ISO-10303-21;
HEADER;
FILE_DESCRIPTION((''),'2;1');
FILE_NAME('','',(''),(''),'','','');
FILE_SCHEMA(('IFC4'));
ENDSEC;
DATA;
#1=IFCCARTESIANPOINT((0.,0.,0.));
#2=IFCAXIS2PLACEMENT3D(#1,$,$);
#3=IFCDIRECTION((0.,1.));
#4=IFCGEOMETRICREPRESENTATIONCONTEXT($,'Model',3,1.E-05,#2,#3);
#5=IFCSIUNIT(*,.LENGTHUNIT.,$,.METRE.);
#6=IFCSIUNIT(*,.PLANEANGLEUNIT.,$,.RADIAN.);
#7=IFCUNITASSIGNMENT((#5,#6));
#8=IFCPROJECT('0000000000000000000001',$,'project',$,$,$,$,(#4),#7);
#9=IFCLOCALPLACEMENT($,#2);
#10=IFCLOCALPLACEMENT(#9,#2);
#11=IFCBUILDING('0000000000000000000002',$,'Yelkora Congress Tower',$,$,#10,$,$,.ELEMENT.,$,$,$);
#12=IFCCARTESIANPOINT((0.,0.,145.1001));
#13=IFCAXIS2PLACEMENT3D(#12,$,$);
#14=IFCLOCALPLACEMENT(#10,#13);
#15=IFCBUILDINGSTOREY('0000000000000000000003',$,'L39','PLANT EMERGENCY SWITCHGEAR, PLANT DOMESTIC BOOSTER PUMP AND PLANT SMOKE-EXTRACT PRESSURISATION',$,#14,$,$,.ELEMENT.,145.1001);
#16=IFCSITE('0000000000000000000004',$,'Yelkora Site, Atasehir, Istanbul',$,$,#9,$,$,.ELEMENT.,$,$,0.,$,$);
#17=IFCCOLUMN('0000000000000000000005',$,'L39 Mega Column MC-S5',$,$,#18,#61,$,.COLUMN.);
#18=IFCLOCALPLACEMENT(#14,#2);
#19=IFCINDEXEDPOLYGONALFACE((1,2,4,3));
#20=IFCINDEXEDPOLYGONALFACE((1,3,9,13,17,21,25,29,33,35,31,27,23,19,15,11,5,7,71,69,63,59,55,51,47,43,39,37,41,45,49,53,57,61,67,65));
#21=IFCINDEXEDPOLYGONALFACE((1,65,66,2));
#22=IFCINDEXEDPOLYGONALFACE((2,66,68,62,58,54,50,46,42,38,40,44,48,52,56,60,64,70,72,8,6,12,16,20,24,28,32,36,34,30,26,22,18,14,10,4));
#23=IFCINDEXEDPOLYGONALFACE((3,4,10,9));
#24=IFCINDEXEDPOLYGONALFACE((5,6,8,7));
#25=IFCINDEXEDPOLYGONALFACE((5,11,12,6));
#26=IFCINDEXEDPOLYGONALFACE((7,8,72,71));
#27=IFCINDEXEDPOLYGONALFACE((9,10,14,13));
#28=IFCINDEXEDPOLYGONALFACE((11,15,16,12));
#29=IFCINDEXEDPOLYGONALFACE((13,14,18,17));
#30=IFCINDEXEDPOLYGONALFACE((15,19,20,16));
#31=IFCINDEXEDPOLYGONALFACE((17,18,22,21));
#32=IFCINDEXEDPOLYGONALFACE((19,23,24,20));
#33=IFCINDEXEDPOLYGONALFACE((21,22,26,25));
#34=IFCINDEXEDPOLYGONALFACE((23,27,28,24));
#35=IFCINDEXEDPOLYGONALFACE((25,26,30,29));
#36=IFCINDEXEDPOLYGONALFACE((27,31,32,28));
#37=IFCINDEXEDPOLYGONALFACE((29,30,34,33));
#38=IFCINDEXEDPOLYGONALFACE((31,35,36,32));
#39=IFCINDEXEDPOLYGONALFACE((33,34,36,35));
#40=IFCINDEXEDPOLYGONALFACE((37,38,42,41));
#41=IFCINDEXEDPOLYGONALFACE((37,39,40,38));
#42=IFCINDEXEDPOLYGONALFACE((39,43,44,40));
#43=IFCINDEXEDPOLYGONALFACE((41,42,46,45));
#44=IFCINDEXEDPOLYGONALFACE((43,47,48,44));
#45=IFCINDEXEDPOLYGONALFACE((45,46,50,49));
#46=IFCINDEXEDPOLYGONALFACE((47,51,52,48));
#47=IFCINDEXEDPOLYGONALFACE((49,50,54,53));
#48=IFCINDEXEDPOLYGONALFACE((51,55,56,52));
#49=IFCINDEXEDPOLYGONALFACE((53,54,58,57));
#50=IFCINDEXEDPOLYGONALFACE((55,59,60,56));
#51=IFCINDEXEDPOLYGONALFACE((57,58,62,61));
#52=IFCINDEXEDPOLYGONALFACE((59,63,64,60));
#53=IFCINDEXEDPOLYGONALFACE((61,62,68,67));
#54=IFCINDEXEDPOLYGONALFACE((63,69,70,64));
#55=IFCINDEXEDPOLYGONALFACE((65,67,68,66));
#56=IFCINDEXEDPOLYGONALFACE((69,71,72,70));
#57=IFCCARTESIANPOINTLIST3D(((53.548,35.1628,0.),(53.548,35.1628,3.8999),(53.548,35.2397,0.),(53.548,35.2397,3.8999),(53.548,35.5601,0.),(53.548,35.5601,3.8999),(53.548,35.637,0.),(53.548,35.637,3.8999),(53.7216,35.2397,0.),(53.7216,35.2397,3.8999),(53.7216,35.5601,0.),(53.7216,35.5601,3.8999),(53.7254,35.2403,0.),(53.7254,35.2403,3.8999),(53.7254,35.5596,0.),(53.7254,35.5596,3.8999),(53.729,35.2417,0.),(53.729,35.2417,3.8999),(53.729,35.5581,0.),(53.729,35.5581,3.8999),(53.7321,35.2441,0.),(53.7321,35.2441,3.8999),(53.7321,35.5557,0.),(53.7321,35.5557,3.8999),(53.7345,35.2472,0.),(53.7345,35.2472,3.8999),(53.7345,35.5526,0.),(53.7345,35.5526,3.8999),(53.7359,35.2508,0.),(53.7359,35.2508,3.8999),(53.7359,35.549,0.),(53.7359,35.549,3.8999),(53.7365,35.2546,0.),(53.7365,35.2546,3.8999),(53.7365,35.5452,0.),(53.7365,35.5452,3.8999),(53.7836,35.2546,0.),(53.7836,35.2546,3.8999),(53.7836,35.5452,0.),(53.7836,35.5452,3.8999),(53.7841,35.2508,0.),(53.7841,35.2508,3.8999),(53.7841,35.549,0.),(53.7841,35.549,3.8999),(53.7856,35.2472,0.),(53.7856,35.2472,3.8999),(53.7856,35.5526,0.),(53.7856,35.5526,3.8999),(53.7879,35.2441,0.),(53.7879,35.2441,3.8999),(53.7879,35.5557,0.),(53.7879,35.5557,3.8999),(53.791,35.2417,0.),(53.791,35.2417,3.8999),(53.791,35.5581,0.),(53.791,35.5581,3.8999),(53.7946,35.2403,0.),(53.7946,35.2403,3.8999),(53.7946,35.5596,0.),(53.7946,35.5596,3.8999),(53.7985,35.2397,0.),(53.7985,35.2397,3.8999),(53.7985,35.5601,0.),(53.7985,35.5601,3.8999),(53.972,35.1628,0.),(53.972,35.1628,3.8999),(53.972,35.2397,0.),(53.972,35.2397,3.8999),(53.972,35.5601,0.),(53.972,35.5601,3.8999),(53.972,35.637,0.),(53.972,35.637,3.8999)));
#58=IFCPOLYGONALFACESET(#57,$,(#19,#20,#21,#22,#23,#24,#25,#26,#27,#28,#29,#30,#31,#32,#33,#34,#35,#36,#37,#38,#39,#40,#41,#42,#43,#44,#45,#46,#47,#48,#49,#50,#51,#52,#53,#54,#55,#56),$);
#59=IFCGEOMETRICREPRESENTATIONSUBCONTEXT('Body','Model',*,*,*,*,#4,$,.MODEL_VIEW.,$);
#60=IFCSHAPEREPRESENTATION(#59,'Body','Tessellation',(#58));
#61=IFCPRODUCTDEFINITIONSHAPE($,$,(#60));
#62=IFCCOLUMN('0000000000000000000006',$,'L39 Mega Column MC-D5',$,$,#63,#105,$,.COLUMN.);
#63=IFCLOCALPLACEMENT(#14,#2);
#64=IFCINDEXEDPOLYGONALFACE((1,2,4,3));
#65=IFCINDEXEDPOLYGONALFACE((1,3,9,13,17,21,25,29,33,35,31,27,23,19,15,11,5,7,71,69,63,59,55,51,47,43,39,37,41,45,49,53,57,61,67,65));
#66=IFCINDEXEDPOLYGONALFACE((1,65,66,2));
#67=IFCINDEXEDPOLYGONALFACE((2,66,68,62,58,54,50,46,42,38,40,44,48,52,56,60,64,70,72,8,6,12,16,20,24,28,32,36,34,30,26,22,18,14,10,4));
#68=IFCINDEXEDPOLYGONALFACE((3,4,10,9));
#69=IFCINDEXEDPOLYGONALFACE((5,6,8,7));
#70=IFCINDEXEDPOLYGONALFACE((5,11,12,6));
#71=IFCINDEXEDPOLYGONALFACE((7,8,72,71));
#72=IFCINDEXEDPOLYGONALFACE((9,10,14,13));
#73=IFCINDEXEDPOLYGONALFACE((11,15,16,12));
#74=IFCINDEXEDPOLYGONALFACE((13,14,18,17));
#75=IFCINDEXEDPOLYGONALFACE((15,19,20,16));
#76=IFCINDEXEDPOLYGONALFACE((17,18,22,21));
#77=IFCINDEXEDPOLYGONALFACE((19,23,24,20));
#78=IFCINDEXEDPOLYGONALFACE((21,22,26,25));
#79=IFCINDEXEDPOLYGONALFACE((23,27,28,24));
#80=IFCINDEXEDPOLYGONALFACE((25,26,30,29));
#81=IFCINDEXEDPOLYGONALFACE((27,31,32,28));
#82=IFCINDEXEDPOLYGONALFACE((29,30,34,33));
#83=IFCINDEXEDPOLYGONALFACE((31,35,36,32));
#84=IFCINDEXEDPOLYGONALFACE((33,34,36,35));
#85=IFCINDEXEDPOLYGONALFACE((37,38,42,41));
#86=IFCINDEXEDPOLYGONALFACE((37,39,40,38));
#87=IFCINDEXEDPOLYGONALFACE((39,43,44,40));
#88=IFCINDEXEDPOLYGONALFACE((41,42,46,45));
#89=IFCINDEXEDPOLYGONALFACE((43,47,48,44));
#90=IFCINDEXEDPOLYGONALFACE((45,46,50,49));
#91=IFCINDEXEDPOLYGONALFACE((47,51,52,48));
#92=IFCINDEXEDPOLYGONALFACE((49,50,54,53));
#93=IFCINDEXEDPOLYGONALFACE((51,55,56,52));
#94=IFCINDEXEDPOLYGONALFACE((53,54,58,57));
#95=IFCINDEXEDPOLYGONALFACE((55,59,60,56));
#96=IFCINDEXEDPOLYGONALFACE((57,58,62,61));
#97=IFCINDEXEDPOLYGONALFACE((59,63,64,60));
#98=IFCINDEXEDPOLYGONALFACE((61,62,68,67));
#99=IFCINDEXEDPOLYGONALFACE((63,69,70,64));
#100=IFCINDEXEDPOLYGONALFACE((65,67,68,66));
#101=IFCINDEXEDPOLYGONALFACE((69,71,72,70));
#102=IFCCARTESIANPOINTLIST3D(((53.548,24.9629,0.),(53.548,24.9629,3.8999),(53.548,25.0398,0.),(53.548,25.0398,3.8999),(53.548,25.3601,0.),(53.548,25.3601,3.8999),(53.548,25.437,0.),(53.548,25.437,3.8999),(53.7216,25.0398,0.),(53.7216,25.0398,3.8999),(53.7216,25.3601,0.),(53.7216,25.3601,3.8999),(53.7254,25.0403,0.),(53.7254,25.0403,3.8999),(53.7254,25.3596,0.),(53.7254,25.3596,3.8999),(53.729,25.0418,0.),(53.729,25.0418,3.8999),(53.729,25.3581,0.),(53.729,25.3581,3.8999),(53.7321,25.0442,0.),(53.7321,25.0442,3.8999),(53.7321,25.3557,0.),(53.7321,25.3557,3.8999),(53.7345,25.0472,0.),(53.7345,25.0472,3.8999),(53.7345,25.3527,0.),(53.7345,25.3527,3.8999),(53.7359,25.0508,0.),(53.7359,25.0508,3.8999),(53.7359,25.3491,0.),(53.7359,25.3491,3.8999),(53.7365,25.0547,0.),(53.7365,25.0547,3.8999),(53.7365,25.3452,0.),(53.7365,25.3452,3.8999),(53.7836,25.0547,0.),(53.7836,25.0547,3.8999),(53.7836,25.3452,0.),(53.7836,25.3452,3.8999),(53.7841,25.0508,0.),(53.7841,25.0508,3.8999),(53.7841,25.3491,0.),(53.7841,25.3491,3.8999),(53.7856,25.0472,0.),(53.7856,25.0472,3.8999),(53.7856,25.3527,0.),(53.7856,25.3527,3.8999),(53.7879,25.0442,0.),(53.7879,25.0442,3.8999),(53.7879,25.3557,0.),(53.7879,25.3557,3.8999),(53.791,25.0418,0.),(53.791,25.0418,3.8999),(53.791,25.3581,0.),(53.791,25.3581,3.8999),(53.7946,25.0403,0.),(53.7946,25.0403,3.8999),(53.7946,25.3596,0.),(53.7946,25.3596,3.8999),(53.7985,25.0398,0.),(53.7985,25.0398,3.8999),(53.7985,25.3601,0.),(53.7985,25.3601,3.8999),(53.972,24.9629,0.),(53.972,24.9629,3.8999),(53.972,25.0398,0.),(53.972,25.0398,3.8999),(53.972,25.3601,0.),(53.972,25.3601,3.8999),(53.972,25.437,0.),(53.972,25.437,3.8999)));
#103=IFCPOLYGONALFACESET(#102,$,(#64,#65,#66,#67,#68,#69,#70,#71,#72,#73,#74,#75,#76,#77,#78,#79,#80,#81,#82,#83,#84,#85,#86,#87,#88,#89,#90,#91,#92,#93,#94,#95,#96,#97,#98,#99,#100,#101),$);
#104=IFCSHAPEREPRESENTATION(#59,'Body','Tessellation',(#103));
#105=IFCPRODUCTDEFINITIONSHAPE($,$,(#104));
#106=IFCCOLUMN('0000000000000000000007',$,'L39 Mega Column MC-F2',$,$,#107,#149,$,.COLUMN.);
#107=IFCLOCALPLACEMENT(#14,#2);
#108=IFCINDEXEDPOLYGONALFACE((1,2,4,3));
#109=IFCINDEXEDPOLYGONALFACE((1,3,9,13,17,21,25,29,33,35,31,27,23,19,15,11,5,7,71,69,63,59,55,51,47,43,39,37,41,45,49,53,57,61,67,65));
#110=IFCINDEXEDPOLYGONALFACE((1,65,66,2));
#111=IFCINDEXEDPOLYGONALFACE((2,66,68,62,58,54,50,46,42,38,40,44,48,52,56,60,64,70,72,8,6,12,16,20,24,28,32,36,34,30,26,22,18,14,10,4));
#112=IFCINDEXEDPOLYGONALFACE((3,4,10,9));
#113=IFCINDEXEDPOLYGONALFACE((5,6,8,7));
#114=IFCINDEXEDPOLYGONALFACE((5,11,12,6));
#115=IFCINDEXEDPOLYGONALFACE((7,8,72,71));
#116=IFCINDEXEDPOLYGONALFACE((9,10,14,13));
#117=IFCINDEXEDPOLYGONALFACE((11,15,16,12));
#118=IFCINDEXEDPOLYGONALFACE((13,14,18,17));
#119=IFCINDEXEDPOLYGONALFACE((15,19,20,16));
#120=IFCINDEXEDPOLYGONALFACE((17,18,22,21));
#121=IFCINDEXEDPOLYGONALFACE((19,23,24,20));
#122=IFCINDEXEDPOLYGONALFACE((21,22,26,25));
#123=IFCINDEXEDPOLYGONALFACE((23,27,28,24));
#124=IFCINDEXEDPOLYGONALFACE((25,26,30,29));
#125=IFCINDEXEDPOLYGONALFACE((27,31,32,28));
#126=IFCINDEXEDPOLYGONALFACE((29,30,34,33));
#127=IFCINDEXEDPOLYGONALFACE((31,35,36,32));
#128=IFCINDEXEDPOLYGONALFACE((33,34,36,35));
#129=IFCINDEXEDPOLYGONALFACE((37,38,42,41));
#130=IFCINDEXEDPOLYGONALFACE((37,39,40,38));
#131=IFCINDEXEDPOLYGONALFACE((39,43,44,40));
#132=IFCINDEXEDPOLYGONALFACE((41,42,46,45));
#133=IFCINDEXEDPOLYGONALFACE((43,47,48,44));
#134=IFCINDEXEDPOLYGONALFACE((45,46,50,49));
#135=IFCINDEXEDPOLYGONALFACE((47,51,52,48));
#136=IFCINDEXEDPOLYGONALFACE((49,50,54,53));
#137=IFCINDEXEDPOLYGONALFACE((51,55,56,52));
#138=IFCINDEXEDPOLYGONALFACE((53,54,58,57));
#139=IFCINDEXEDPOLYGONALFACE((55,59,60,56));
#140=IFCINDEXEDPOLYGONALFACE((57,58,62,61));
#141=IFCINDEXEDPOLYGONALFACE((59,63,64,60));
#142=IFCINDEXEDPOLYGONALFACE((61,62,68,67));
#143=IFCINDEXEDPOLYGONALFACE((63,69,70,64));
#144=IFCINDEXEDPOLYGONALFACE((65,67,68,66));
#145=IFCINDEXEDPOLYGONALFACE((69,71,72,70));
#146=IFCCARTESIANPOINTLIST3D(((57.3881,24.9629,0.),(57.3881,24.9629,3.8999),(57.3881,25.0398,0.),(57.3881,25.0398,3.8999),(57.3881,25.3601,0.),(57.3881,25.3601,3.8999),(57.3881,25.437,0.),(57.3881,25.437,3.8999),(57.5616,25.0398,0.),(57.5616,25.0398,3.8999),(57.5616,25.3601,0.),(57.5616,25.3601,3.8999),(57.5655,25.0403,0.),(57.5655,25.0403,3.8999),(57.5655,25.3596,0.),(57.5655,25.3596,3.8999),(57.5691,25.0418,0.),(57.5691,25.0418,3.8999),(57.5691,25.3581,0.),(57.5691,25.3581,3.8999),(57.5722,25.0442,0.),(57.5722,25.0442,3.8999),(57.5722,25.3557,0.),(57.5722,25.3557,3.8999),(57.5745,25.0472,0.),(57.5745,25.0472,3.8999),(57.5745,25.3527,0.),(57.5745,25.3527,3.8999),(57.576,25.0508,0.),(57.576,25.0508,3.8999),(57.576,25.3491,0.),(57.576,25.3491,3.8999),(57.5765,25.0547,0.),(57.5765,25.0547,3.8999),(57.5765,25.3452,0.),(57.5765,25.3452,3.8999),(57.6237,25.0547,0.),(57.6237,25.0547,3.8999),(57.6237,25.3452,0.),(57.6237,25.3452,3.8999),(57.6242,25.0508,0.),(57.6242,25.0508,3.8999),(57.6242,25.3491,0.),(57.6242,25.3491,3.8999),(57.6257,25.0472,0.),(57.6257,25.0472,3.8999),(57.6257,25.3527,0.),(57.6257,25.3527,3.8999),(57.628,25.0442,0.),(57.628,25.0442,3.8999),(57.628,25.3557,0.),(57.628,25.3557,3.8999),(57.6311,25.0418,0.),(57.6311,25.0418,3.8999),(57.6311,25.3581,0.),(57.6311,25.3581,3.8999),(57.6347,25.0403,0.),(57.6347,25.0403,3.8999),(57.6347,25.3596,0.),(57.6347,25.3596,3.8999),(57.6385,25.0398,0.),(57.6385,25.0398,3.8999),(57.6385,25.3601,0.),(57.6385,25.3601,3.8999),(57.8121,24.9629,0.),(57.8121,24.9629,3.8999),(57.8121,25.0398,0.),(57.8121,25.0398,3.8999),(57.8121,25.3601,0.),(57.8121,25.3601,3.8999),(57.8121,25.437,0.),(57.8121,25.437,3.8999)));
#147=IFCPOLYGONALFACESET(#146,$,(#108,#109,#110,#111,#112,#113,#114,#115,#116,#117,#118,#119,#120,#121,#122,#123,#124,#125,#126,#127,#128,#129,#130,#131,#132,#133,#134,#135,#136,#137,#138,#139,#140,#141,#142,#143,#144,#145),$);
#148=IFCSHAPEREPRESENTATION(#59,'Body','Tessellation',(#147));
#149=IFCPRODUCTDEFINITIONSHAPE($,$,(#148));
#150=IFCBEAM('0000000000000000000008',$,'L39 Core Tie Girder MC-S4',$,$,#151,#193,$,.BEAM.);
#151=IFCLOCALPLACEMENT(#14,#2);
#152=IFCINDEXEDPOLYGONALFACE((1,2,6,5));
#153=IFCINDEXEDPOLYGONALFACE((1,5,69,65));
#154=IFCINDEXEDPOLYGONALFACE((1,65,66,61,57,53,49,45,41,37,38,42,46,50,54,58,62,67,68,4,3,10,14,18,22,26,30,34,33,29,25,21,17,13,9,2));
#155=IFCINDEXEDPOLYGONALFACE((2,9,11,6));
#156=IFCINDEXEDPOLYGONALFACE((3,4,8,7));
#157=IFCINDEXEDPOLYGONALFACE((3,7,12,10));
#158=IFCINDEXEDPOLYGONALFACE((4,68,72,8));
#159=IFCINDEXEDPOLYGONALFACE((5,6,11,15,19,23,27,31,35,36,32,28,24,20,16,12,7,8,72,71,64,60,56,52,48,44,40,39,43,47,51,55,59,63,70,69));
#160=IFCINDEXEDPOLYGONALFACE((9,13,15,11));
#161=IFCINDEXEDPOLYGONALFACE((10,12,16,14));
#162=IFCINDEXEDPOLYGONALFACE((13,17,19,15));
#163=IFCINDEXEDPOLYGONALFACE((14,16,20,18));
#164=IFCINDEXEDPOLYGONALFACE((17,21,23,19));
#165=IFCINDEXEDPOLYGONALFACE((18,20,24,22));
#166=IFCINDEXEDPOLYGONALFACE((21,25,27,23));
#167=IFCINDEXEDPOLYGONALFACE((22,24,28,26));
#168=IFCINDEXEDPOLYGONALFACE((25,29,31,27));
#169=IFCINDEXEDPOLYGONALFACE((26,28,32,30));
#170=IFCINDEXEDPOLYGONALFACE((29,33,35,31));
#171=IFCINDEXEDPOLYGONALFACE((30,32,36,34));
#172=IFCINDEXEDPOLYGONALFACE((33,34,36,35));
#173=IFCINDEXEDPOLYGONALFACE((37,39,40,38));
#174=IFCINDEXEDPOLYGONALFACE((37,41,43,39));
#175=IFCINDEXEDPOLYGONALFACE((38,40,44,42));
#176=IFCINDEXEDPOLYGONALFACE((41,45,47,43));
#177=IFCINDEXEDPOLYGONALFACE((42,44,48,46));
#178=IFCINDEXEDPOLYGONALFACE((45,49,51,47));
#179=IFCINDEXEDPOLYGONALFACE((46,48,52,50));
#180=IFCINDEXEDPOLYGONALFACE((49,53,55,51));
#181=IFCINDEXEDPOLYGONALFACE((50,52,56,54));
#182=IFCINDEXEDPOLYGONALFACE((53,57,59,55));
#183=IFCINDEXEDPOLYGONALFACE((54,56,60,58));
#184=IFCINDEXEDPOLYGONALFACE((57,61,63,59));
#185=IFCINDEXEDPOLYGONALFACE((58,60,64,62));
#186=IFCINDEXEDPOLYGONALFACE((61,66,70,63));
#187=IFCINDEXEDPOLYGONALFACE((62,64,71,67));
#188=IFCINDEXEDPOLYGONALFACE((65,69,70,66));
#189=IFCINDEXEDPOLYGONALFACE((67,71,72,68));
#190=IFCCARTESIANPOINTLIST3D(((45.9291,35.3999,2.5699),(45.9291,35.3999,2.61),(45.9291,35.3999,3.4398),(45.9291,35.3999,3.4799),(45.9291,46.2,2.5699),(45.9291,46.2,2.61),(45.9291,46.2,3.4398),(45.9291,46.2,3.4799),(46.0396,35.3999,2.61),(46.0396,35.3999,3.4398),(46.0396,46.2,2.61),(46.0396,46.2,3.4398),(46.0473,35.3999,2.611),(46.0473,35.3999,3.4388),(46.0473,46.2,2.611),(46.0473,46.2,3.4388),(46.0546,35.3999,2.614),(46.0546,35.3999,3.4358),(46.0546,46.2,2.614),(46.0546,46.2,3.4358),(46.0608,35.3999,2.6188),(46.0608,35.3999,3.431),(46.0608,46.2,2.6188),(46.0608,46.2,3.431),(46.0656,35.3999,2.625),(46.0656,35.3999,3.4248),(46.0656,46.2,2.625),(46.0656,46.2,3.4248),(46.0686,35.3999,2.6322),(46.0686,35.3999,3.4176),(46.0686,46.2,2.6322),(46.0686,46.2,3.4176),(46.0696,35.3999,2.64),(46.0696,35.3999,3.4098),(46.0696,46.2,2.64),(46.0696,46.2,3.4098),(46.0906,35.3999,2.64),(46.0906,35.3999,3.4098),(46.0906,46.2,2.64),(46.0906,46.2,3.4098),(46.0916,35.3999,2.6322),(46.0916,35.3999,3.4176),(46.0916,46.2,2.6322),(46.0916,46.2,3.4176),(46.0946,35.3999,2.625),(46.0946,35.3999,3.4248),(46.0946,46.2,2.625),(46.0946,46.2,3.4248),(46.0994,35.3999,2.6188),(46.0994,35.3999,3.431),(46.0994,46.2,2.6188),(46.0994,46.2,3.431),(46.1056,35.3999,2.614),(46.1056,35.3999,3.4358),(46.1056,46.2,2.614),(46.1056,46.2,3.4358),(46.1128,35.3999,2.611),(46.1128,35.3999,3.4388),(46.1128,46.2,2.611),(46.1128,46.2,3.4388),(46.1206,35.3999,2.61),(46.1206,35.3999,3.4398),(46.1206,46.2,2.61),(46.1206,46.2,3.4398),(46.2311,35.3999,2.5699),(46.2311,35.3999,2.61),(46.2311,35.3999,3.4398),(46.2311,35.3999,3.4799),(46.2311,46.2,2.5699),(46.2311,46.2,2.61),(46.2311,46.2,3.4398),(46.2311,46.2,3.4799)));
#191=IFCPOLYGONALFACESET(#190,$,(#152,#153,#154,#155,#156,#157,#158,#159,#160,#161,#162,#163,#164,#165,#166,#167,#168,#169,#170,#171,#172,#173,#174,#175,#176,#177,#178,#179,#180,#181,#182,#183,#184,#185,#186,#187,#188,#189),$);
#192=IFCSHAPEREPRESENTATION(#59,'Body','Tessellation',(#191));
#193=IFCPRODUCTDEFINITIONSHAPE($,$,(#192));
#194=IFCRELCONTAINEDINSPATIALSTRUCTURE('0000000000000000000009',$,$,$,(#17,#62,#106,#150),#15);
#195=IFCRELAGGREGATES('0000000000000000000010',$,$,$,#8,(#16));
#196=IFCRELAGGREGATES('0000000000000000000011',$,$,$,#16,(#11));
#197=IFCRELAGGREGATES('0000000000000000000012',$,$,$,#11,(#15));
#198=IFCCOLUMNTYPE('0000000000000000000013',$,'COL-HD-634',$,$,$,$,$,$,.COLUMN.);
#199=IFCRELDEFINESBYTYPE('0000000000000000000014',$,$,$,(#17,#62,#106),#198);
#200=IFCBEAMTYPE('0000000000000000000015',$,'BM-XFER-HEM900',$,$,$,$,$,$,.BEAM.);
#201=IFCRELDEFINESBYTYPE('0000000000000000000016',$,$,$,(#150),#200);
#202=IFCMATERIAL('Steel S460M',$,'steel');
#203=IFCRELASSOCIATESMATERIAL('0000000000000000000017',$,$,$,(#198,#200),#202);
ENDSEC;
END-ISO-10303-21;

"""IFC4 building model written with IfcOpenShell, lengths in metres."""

from ifc_helpers import new_model, si_unit, direction, frame, origin, origin_2d, place, context, subcontext, project, spatial, i_section, extrude, material, material_profile, profile_set, type_object, element, save


model = new_model("IFC4")

# Units and contexts
model_context = context("Model", 3, precision=1e-05, world=origin(), true_north=direction((0.0, 1.0)))
body_context = subcontext(model_context, "Body", "Model", "MODEL_VIEW")
ifc_project = project(units=[si_unit("LENGTHUNIT", "METRE"), si_unit("PLANEANGLEUNIT", "RADIAN")], contexts=[model_context])

# Site, building, storey
site_placement = place(None, origin())
site = spatial("IfcSite", under=ifc_project, at=site_placement, Name="Yelkora Site, Atasehir, Istanbul", CompositionType="ELEMENT", RefElevation=0.0)
building_placement = place(site_placement, origin())
building = spatial("IfcBuilding", under=site, at=building_placement, Name="Yelkora Congress Tower", CompositionType="ELEMENT")
storey_placement = place(building_placement, frame((0.0, 0.0, 145.1001)))
storey = spatial("IfcBuildingStorey", under=building, at=storey_placement, Name="L39", Description="PLANT EMERGENCY SWITCHGEAR, PLANT DOMESTIC BOOSTER PUMP AND PLANT SMOKE-EXTRACT PRESSURISATION", CompositionType="ELEMENT", Elevation=145.1001)

# Columns
ifc_material_1 = material(Name="Steel S460M", Category="steel")
ifc_material_profile_1 = material_profile(ifc_material_1, i_section(OverallWidth=0.4241, OverallDepth=0.4741, WebThickness=0.0471, FlangeThickness=0.0769, FilletRadius=0.0149, at=origin_2d()), Name="HD 400x634")
ifc_profile_set_1 = profile_set([ifc_material_profile_1], Name="Steel S460M")
column_type = type_object("IfcColumnType", Name="COL-HD-634", PredefinedType="COLUMN", material=ifc_profile_set_1)
for number, where, z_axis, x_axis, name in (
    (1, (53.76, 35.3999, 0.0), (0.0, 0.0, 1.0), (1.0, 0.0, 0.0), "L39 Mega Column MC-S5"),
    (2, (53.76, 25.2, 0.0), (0.0, 0.0, 1.0), (1.0, 0.0, 0.0), "L39 Mega Column MC-D5"),
    (3, (57.6001, 25.2, 0.0), (0.0, 0.0, 1.0), (1.0, 0.0, 0.0), "L39 Mega Column MC-F2"),
):
    element("IfcColumn", number, at=place(storey_placement, frame(where, z_axis=z_axis, x_axis=x_axis)), inside=storey, type_object=column_type, Name=name, PredefinedType="COLUMN", context=body_context, shape_type="SweptSolid", body=[
        extrude(i_section(OverallWidth=0.4241, OverallDepth=0.4741, WebThickness=0.0471, FlangeThickness=0.0769, FilletRadius=0.0149, at=origin_2d()), origin(), (0.0, 0.0, 1.0), 3.8999),
    ])

# Beam
ifc_material_profile_2 = material_profile(ifc_material_1, i_section(OverallWidth=0.302, OverallDepth=0.9099, WebThickness=0.021, FlangeThickness=0.04, FilletRadius=0.03, at=origin_2d()), Name="HEM 900")
ifc_profile_set_2 = profile_set([ifc_material_profile_2], Name="Steel S460M")
beam_type_1 = type_object("IfcBeamType", Name="BM-XFER-HEM900", PredefinedType="BEAM", material=ifc_profile_set_2)
beam_1_placement = place(storey_placement, frame((46.0801, 35.3999, 3.0249), z_axis=(0.0, 1.0, 0.0), x_axis=(-1.0, 0.0, 0.0)))
element("IfcBeam", 4, at=beam_1_placement, inside=storey, type_object=beam_type_1, Name="L39 Core Tie Girder MC-S4", PredefinedType="BEAM", context=body_context, shape_type="SweptSolid", body=[
    extrude(i_section(OverallWidth=0.302, OverallDepth=0.9099, WebThickness=0.021, FlangeThickness=0.04, FilletRadius=0.03, at=origin_2d()), origin(), (0.0, 0.0, 1.0), 10.8),
])

save(model, "model.ifc")
